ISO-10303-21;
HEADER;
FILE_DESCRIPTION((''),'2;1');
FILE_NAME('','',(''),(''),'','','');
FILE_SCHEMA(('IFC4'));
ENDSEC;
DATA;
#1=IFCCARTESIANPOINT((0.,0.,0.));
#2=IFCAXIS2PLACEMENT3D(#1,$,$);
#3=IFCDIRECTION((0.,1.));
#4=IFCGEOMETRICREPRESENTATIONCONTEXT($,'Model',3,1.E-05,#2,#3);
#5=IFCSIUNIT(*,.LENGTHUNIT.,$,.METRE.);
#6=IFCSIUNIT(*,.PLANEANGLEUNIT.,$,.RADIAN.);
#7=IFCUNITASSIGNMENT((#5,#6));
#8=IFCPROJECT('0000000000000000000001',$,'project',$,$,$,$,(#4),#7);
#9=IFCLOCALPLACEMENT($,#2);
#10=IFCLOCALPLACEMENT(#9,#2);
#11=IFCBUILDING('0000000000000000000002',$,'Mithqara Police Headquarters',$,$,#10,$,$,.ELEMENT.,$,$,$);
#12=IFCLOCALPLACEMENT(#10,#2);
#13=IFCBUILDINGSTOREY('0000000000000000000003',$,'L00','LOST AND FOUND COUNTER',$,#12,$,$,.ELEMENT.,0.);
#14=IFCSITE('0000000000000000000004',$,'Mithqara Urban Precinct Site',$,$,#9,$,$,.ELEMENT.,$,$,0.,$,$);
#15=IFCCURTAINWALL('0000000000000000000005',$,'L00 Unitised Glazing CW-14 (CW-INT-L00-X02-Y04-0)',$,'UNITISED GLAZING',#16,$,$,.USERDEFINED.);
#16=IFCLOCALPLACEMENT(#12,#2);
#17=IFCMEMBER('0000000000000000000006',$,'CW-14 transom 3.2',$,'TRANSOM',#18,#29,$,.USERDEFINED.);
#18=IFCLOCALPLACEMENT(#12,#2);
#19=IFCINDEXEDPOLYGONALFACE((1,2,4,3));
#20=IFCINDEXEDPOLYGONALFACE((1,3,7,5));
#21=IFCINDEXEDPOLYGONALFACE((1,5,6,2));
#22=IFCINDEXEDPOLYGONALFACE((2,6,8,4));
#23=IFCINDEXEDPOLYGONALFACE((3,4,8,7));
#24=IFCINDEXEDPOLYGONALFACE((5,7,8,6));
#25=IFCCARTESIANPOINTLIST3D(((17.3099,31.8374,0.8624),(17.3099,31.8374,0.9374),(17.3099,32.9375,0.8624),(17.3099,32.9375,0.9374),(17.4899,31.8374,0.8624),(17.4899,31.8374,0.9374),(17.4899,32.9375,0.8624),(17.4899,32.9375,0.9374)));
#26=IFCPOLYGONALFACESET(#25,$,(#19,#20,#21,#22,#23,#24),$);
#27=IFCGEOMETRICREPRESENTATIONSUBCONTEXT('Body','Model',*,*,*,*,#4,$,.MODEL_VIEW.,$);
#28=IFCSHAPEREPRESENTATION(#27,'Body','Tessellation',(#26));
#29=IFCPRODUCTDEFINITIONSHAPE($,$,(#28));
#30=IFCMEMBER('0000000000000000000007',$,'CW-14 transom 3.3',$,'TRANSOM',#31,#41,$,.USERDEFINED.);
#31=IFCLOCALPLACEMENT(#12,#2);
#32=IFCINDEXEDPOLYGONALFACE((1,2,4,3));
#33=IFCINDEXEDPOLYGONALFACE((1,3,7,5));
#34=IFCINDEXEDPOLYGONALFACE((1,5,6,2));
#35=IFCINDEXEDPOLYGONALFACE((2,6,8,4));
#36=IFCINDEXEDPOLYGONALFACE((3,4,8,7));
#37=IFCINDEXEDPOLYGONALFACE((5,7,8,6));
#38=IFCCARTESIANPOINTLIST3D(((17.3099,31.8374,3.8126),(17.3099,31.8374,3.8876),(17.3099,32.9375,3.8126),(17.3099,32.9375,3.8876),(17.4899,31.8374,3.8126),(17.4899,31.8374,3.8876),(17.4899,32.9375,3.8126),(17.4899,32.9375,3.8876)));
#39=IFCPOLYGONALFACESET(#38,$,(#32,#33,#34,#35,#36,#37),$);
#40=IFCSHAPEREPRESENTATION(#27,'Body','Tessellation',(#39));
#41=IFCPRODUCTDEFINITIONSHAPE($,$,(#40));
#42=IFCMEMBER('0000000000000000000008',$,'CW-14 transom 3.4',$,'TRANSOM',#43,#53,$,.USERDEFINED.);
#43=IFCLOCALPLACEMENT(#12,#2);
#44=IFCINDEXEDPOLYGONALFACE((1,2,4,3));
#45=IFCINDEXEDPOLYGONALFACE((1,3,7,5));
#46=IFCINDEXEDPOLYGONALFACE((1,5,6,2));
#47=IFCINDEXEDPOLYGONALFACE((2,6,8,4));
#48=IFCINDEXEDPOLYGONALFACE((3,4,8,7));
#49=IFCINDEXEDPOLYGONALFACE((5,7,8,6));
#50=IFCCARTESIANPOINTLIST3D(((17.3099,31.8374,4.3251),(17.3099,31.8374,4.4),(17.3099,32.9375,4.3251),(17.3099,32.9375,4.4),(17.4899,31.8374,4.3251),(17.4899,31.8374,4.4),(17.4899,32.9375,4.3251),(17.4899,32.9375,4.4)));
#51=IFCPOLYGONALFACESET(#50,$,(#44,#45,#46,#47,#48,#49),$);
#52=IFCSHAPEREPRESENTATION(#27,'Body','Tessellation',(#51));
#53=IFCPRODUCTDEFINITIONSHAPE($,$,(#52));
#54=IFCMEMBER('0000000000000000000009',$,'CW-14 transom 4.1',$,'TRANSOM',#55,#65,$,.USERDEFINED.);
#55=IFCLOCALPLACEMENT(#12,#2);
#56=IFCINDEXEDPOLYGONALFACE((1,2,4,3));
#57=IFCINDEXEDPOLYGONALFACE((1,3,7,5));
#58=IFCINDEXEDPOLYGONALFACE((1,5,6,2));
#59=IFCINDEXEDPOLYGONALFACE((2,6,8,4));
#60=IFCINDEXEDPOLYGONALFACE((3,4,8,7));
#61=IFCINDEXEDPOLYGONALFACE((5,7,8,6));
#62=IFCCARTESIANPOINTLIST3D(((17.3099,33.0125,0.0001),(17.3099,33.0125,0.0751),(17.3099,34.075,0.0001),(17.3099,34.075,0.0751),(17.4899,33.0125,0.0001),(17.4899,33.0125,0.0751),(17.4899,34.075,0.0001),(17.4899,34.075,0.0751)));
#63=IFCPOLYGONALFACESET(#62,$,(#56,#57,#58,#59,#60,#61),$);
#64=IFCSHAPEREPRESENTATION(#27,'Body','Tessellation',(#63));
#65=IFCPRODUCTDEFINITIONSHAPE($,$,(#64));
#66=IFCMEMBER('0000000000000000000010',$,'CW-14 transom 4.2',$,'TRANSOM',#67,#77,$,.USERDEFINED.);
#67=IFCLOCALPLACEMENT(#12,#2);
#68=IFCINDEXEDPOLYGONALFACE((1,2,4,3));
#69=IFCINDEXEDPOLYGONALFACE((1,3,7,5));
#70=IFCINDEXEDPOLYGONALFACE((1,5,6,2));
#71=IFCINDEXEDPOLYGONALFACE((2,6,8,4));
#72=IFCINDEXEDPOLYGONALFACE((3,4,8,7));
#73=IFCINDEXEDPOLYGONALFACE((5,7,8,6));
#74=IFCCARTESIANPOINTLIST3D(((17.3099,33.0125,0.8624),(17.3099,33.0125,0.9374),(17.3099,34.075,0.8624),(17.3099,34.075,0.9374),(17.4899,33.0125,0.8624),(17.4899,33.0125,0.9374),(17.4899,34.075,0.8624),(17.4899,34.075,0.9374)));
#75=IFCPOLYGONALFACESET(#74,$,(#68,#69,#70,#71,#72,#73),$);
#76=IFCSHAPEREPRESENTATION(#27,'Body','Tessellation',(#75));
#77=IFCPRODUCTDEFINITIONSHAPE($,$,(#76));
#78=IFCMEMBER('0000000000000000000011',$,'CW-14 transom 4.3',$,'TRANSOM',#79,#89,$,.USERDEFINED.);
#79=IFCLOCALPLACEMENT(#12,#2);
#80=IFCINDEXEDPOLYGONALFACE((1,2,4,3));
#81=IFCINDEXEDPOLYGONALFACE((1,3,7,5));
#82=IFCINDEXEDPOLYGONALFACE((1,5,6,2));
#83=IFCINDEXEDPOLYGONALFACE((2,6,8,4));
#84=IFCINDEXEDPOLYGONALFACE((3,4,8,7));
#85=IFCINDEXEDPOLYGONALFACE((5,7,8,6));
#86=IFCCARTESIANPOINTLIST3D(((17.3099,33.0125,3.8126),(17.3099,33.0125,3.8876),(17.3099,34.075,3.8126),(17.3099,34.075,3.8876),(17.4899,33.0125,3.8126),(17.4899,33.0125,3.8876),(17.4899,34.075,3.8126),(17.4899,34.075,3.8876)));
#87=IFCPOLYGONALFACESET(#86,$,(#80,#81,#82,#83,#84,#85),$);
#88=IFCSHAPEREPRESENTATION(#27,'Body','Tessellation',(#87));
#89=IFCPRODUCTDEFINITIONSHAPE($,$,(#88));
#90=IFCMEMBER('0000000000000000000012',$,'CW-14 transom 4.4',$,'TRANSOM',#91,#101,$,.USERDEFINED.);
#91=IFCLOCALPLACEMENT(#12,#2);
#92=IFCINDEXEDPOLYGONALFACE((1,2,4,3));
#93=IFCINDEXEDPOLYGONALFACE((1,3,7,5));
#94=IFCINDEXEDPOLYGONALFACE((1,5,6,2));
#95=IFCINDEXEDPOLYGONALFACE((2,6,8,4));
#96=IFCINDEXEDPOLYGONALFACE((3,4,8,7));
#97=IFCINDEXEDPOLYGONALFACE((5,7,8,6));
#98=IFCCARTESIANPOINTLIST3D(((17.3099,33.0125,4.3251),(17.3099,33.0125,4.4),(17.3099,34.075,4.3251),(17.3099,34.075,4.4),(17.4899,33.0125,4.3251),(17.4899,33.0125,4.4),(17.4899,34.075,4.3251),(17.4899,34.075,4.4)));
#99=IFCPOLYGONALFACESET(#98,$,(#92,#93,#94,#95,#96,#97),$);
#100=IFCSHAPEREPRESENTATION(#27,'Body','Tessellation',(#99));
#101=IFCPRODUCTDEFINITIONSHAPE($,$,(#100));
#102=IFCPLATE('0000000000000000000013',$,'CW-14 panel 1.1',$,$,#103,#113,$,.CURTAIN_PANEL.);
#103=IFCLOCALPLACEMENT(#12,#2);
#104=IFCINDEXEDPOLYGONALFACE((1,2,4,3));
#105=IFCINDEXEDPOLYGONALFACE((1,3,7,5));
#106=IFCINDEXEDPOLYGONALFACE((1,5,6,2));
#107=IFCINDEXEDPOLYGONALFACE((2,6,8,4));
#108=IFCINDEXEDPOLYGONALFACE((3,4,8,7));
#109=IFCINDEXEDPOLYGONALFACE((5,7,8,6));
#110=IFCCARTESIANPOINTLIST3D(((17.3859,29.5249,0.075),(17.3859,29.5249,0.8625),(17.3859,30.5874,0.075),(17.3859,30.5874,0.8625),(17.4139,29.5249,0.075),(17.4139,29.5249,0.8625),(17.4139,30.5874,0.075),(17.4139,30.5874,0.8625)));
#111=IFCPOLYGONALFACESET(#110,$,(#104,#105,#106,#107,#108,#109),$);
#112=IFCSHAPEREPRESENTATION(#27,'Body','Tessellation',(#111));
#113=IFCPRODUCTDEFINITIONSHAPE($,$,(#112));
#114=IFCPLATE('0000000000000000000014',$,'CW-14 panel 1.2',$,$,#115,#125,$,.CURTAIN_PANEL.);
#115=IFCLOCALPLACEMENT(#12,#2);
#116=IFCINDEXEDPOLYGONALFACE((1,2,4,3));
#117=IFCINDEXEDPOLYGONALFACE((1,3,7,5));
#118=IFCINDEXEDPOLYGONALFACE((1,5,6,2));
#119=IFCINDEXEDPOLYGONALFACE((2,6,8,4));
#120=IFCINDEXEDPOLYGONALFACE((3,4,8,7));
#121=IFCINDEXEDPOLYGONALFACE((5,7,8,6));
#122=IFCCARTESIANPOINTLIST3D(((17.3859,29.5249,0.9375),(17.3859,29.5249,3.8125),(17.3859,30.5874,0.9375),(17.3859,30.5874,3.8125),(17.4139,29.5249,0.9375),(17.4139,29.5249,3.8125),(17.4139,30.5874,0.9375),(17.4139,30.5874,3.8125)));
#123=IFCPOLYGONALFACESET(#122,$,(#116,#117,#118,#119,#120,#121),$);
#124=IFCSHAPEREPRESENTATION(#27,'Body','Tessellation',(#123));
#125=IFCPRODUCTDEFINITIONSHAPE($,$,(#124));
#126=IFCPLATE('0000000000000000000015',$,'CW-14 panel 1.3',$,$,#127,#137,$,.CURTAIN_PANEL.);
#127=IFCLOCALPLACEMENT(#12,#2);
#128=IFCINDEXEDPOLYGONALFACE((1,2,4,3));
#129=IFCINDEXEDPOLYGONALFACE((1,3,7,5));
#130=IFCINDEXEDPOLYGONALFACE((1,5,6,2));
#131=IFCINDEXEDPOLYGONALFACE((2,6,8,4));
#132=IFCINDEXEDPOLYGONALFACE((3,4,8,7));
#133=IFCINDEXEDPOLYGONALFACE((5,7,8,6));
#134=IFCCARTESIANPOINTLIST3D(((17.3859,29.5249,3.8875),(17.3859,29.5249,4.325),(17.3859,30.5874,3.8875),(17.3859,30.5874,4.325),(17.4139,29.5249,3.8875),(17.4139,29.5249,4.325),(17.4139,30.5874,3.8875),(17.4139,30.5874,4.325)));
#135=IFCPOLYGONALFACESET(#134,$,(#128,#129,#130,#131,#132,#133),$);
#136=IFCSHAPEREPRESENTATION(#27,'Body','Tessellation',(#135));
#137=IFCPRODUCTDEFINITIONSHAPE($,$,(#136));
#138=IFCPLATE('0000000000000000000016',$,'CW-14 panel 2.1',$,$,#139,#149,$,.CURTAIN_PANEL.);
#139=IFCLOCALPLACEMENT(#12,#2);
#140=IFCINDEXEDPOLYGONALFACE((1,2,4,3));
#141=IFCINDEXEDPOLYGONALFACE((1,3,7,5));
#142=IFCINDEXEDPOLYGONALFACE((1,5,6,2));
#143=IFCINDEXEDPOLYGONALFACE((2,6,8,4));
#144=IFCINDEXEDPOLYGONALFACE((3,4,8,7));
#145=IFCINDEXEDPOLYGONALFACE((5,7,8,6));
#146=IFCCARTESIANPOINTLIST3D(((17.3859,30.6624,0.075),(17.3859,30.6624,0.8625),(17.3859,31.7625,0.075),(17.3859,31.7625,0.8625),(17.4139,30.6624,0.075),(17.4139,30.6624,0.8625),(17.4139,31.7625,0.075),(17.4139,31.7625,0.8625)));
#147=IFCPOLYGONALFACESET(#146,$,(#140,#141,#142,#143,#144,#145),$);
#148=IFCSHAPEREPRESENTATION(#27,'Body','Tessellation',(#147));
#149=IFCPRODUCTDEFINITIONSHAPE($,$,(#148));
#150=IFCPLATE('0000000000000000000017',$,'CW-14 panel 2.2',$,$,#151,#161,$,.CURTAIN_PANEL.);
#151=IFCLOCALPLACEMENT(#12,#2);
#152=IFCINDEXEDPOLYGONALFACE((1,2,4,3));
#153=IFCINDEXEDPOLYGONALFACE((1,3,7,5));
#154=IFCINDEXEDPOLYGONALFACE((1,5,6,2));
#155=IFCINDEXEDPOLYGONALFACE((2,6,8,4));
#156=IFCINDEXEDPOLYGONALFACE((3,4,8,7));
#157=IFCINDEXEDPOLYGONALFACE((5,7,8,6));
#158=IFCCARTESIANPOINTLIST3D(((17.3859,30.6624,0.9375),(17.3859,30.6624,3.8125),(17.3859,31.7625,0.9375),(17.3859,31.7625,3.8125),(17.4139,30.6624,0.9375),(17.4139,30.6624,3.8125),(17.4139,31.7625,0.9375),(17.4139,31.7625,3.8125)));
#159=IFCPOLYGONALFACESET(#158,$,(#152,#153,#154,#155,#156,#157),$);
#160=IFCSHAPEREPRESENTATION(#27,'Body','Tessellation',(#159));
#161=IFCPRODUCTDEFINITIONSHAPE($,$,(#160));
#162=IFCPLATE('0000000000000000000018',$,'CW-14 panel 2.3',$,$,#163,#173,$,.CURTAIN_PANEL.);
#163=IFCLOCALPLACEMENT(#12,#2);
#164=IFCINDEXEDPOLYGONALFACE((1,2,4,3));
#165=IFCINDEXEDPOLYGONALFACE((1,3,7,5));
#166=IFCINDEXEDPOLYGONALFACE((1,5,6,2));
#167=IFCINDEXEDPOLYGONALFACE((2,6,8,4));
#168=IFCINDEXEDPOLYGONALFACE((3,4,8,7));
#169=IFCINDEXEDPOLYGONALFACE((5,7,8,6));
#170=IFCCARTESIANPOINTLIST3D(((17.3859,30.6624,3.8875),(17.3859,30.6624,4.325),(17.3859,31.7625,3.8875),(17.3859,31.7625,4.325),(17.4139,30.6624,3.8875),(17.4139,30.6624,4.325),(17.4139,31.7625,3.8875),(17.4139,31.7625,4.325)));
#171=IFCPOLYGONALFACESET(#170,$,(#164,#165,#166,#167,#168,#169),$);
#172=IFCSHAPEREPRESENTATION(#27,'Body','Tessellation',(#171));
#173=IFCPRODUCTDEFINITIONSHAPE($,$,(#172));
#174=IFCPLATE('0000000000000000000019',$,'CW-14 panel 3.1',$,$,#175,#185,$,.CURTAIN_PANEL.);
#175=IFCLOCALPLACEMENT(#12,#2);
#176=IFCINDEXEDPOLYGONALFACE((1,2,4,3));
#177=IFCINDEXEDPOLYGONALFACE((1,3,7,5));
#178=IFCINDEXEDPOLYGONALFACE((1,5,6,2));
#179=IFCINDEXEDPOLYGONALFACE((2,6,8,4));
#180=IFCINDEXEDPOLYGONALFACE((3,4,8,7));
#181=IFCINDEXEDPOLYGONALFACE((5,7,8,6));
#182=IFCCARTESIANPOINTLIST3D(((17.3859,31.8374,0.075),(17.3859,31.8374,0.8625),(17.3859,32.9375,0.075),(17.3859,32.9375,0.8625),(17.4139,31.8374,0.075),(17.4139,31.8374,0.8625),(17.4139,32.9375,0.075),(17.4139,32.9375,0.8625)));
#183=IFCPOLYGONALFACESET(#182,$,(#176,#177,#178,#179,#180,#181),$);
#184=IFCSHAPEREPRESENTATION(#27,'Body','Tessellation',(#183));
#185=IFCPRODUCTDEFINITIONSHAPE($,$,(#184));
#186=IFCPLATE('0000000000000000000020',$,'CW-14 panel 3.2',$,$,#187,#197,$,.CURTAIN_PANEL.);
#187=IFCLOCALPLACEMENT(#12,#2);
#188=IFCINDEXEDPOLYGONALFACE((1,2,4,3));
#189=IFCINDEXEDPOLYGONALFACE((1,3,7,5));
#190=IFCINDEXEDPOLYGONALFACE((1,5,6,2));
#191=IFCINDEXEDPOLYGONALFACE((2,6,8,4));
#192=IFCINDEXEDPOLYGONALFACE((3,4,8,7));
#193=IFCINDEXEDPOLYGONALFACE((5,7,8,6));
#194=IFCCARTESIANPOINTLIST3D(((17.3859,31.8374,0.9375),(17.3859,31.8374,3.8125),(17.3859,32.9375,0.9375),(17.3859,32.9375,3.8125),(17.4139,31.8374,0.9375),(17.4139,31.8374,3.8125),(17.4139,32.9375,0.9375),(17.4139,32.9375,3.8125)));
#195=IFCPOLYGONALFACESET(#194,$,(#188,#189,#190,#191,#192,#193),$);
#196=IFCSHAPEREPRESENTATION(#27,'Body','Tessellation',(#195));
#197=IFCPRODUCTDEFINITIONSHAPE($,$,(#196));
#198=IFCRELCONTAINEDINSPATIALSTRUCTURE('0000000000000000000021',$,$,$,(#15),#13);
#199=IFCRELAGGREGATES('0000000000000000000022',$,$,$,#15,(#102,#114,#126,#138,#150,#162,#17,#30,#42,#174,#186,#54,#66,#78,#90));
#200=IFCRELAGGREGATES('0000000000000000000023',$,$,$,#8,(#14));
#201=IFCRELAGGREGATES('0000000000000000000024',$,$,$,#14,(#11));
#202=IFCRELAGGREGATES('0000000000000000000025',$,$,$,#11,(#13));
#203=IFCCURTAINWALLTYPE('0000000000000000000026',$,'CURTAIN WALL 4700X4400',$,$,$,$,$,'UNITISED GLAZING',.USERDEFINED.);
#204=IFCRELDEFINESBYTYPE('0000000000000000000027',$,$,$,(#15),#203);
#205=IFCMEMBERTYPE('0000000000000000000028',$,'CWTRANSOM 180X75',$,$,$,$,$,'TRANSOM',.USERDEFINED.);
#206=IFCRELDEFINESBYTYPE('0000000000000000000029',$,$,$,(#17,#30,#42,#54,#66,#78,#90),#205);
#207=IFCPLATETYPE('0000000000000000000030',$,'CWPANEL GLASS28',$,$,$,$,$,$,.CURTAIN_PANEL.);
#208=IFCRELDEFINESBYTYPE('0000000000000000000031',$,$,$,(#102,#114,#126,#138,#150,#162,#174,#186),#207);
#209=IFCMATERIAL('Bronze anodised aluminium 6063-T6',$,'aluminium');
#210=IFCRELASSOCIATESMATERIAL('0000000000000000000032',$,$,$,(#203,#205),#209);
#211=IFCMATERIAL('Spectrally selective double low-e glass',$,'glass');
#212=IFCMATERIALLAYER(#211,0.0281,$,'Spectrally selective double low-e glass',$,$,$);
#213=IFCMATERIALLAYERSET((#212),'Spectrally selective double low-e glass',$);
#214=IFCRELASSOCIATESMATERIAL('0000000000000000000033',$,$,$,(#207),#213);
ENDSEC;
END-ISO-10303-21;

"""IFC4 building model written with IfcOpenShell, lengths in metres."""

from ifc_helpers import new_model, si_unit, direction, frame, origin, origin_2d, place, context, subcontext, project, spatial, rectangle, extrude, material, layer, layer_set, material_profile, profile_set, type_object, element, aggregate, save


model = new_model("IFC4")

# Units and contexts
model_context = context("Model", 3, precision=1e-05, world=origin(), true_north=direction((0.0, 1.0)))
body_context = subcontext(model_context, "Body", "Model", "MODEL_VIEW")
ifc_project = project(units=[si_unit("LENGTHUNIT", "METRE"), si_unit("PLANEANGLEUNIT", "RADIAN")], contexts=[model_context])

# Site, building, storey
site_placement = place(None, origin())
site = spatial("IfcSite", under=ifc_project, at=site_placement, Name="Mithqara Urban Precinct Site", CompositionType="ELEMENT", RefElevation=0.0)
building_placement = place(site_placement, origin())
building = spatial("IfcBuilding", under=site, at=building_placement, Name="Mithqara Police Headquarters", CompositionType="ELEMENT")
storey_placement = place(building_placement, origin())
storey = spatial("IfcBuildingStorey", under=building, at=storey_placement, Name="L00", Description="LOST AND FOUND COUNTER", CompositionType="ELEMENT", Elevation=0.0)

# Curtain wall
ifc_material_1 = material(Name="Bronze anodised aluminium 6063-T6", Category="aluminium")
curtain_wall_type = type_object("IfcCurtainWallType", Name="CURTAIN WALL 4700X4400", ElementType="UNITISED GLAZING", PredefinedType="USERDEFINED", material=ifc_material_1)
curtain_wall_1_placement = place(storey_placement, origin())
curtain_wall_1 = element("IfcCurtainWall", 1, at=curtain_wall_1_placement, inside=storey, type_object=curtain_wall_type, Name="L00 Unitised Glazing CW-14 (CW-INT-L00-X02-Y04-0)", ObjectType="UNITISED GLAZING", PredefinedType="USERDEFINED")

# Members
ifc_material_profile_1 = material_profile(ifc_material_1, rectangle(XDim=0.1799, YDim=0.075, at=origin_2d()), Name="CWT 180x75")
ifc_profile_set_1 = profile_set([ifc_material_profile_1], Name="Bronze anodised aluminium 6063-T6")
member_type_1 = type_object("IfcMemberType", Name="CWTRANSOM 180X75", ElementType="TRANSOM", PredefinedType="USERDEFINED", material=ifc_profile_set_1)
member_1_placement = place(storey_placement, frame((17.3999, 31.8374, 0.8999), z_axis=(0.0, 1.0, 0.0), x_axis=(-1.0, 0.0, 0.0)))
member_1 = element("IfcMember", 2, at=member_1_placement, type_object=member_type_1, Name="CW-14 transom 3.2", ObjectType="TRANSOM", PredefinedType="USERDEFINED", context=body_context, shape_type="SweptSolid", body=[
    extrude(rectangle(XDim=0.1799, YDim=0.075, at=origin_2d()), origin(), (0.0, 0.0, 1.0), 1.1001),
])
member_2_placement = place(storey_placement, frame((17.3999, 31.8374, 3.8501), z_axis=(0.0, 1.0, 0.0), x_axis=(-1.0, 0.0, 0.0)))
member_2 = element("IfcMember", 3, at=member_2_placement, type_object=member_type_1, Name="CW-14 transom 3.3", ObjectType="TRANSOM", PredefinedType="USERDEFINED", context=body_context, shape_type="SweptSolid", body=[
    extrude(rectangle(XDim=0.1799, YDim=0.075, at=origin_2d()), origin(), (0.0, 0.0, 1.0), 1.1001),
])
member_3_placement = place(storey_placement, frame((17.3999, 31.8374, 4.3625), z_axis=(0.0, 1.0, 0.0), x_axis=(-1.0, 0.0, 0.0)))
member_3 = element("IfcMember", 4, at=member_3_placement, type_object=member_type_1, Name="CW-14 transom 3.4", ObjectType="TRANSOM", PredefinedType="USERDEFINED", context=body_context, shape_type="SweptSolid", body=[
    extrude(rectangle(XDim=0.1799, YDim=0.075, at=origin_2d()), origin(), (0.0, 0.0, 1.0), 1.1001),
])
member_4_placement = place(storey_placement, frame((17.3999, 33.0125, 0.0376), z_axis=(0.0, 1.0, 0.0), x_axis=(-1.0, 0.0, 0.0)))
member_4 = element("IfcMember", 5, at=member_4_placement, type_object=member_type_1, Name="CW-14 transom 4.1", ObjectType="TRANSOM", PredefinedType="USERDEFINED", context=body_context, shape_type="SweptSolid", body=[
    extrude(rectangle(XDim=0.1799, YDim=0.075, at=origin_2d()), origin(), (0.0, 0.0, 1.0), 1.0625),
])
member_5_placement = place(storey_placement, frame((17.3999, 33.0125, 0.8999), z_axis=(0.0, 1.0, 0.0), x_axis=(-1.0, 0.0, 0.0)))
member_5 = element("IfcMember", 6, at=member_5_placement, type_object=member_type_1, Name="CW-14 transom 4.2", ObjectType="TRANSOM", PredefinedType="USERDEFINED", context=body_context, shape_type="SweptSolid", body=[
    extrude(rectangle(XDim=0.1799, YDim=0.075, at=origin_2d()), origin(), (0.0, 0.0, 1.0), 1.0625),
])
member_6_placement = place(storey_placement, frame((17.3999, 33.0125, 3.8501), z_axis=(0.0, 1.0, 0.0), x_axis=(-1.0, 0.0, 0.0)))
member_6 = element("IfcMember", 7, at=member_6_placement, type_object=member_type_1, Name="CW-14 transom 4.3", ObjectType="TRANSOM", PredefinedType="USERDEFINED", context=body_context, shape_type="SweptSolid", body=[
    extrude(rectangle(XDim=0.1799, YDim=0.075, at=origin_2d()), origin(), (0.0, 0.0, 1.0), 1.0625),
])
member_7_placement = place(storey_placement, frame((17.3999, 33.0125, 4.3625), z_axis=(0.0, 1.0, 0.0), x_axis=(-1.0, 0.0, 0.0)))
member_7 = element("IfcMember", 8, at=member_7_placement, type_object=member_type_1, Name="CW-14 transom 4.4", ObjectType="TRANSOM", PredefinedType="USERDEFINED", context=body_context, shape_type="SweptSolid", body=[
    extrude(rectangle(XDim=0.1799, YDim=0.075, at=origin_2d()), origin(), (0.0, 0.0, 1.0), 1.0625),
])

# Plates
ifc_material_2 = material(Name="Spectrally selective double low-e glass", Category="glass")
ifc_layer_1 = layer(ifc_material_2, 0.0281, Name="Spectrally selective double low-e glass")
ifc_layer_set_1 = layer_set([ifc_layer_1], Name="Spectrally selective double low-e glass")
plate_type = type_object("IfcPlateType", Name="CWPANEL GLASS28", PredefinedType="CURTAIN_PANEL", material=ifc_layer_set_1)
plate_1_placement = place(storey_placement, frame((17.3999, 30.0562, 0.075), z_axis=(0.0, 0.0, 1.0), x_axis=(0.0, 1.0, 0.0)))
plate_1 = element("IfcPlate", 9, at=plate_1_placement, type_object=plate_type, Name="CW-14 panel 1.1", PredefinedType="CURTAIN_PANEL", context=body_context, shape_type="SweptSolid", body=[
    extrude(rectangle(XDim=1.0625, YDim=0.0281, at=origin_2d()), origin(), (0.0, 0.0, 1.0), 0.7876),
])
plate_2_placement = place(storey_placement, frame((17.3999, 30.0562, 0.9375), z_axis=(0.0, 0.0, 1.0), x_axis=(0.0, 1.0, 0.0)))
plate_2 = element("IfcPlate", 10, at=plate_2_placement, type_object=plate_type, Name="CW-14 panel 1.2", PredefinedType="CURTAIN_PANEL", context=body_context, shape_type="SweptSolid", body=[
    extrude(rectangle(XDim=1.0625, YDim=0.0281, at=origin_2d()), origin(), (0.0, 0.0, 1.0), 2.875),
])
plate_3_placement = place(storey_placement, frame((17.3999, 30.0562, 3.8875), z_axis=(0.0, 0.0, 1.0), x_axis=(0.0, 1.0, 0.0)))
plate_3 = element("IfcPlate", 11, at=plate_3_placement, type_object=plate_type, Name="CW-14 panel 1.3", PredefinedType="CURTAIN_PANEL", context=body_context, shape_type="SweptSolid", body=[
    extrude(rectangle(XDim=1.0625, YDim=0.0281, at=origin_2d()), origin(), (0.0, 0.0, 1.0), 0.4375),
])
plate_4_placement = place(storey_placement, frame((17.3999, 31.2124, 0.075), z_axis=(0.0, 0.0, 1.0), x_axis=(0.0, 1.0, 0.0)))
plate_4 = element("IfcPlate", 12, at=plate_4_placement, type_object=plate_type, Name="CW-14 panel 2.1", PredefinedType="CURTAIN_PANEL", context=body_context, shape_type="SweptSolid", body=[
    extrude(rectangle(XDim=1.1001, YDim=0.0281, at=origin_2d()), origin(), (0.0, 0.0, 1.0), 0.7876),
])
plate_5_placement = place(storey_placement, frame((17.3999, 31.2124, 0.9375), z_axis=(0.0, 0.0, 1.0), x_axis=(0.0, 1.0, 0.0)))
plate_5 = element("IfcPlate", 13, at=plate_5_placement, type_object=plate_type, Name="CW-14 panel 2.2", PredefinedType="CURTAIN_PANEL", context=body_context, shape_type="SweptSolid", body=[
    extrude(rectangle(XDim=1.1001, YDim=0.0281, at=origin_2d()), origin(), (0.0, 0.0, 1.0), 2.875),
])
plate_6_placement = place(storey_placement, frame((17.3999, 31.2124, 3.8875), z_axis=(0.0, 0.0, 1.0), x_axis=(0.0, 1.0, 0.0)))
plate_6 = element("IfcPlate", 14, at=plate_6_placement, type_object=plate_type, Name="CW-14 panel 2.3", PredefinedType="CURTAIN_PANEL", context=body_context, shape_type="SweptSolid", body=[
    extrude(rectangle(XDim=1.1001, YDim=0.0281, at=origin_2d()), origin(), (0.0, 0.0, 1.0), 0.4375),
])
plate_7_placement = place(storey_placement, frame((17.3999, 32.3875, 0.075), z_axis=(0.0, 0.0, 1.0), x_axis=(0.0, 1.0, 0.0)))
plate_7 = element("IfcPlate", 15, at=plate_7_placement, type_object=plate_type, Name="CW-14 panel 3.1", PredefinedType="CURTAIN_PANEL", context=body_context, shape_type="SweptSolid", body=[
    extrude(rectangle(XDim=1.1001, YDim=0.0281, at=origin_2d()), origin(), (0.0, 0.0, 1.0), 0.7876),
])
plate_8_placement = place(storey_placement, frame((17.3999, 32.3875, 0.9375), z_axis=(0.0, 0.0, 1.0), x_axis=(0.0, 1.0, 0.0)))
plate_8 = element("IfcPlate", 16, at=plate_8_placement, type_object=plate_type, Name="CW-14 panel 3.2", PredefinedType="CURTAIN_PANEL", context=body_context, shape_type="SweptSolid", body=[
    extrude(rectangle(XDim=1.1001, YDim=0.0281, at=origin_2d()), origin(), (0.0, 0.0, 1.0), 2.875),
])
aggregate(curtain_wall_1, [plate_1, plate_2, plate_3, plate_4, plate_5, plate_6, member_1, member_2, member_3, plate_7, plate_8, member_4, member_5, member_6, member_7])

save(model, "model.ifc")
